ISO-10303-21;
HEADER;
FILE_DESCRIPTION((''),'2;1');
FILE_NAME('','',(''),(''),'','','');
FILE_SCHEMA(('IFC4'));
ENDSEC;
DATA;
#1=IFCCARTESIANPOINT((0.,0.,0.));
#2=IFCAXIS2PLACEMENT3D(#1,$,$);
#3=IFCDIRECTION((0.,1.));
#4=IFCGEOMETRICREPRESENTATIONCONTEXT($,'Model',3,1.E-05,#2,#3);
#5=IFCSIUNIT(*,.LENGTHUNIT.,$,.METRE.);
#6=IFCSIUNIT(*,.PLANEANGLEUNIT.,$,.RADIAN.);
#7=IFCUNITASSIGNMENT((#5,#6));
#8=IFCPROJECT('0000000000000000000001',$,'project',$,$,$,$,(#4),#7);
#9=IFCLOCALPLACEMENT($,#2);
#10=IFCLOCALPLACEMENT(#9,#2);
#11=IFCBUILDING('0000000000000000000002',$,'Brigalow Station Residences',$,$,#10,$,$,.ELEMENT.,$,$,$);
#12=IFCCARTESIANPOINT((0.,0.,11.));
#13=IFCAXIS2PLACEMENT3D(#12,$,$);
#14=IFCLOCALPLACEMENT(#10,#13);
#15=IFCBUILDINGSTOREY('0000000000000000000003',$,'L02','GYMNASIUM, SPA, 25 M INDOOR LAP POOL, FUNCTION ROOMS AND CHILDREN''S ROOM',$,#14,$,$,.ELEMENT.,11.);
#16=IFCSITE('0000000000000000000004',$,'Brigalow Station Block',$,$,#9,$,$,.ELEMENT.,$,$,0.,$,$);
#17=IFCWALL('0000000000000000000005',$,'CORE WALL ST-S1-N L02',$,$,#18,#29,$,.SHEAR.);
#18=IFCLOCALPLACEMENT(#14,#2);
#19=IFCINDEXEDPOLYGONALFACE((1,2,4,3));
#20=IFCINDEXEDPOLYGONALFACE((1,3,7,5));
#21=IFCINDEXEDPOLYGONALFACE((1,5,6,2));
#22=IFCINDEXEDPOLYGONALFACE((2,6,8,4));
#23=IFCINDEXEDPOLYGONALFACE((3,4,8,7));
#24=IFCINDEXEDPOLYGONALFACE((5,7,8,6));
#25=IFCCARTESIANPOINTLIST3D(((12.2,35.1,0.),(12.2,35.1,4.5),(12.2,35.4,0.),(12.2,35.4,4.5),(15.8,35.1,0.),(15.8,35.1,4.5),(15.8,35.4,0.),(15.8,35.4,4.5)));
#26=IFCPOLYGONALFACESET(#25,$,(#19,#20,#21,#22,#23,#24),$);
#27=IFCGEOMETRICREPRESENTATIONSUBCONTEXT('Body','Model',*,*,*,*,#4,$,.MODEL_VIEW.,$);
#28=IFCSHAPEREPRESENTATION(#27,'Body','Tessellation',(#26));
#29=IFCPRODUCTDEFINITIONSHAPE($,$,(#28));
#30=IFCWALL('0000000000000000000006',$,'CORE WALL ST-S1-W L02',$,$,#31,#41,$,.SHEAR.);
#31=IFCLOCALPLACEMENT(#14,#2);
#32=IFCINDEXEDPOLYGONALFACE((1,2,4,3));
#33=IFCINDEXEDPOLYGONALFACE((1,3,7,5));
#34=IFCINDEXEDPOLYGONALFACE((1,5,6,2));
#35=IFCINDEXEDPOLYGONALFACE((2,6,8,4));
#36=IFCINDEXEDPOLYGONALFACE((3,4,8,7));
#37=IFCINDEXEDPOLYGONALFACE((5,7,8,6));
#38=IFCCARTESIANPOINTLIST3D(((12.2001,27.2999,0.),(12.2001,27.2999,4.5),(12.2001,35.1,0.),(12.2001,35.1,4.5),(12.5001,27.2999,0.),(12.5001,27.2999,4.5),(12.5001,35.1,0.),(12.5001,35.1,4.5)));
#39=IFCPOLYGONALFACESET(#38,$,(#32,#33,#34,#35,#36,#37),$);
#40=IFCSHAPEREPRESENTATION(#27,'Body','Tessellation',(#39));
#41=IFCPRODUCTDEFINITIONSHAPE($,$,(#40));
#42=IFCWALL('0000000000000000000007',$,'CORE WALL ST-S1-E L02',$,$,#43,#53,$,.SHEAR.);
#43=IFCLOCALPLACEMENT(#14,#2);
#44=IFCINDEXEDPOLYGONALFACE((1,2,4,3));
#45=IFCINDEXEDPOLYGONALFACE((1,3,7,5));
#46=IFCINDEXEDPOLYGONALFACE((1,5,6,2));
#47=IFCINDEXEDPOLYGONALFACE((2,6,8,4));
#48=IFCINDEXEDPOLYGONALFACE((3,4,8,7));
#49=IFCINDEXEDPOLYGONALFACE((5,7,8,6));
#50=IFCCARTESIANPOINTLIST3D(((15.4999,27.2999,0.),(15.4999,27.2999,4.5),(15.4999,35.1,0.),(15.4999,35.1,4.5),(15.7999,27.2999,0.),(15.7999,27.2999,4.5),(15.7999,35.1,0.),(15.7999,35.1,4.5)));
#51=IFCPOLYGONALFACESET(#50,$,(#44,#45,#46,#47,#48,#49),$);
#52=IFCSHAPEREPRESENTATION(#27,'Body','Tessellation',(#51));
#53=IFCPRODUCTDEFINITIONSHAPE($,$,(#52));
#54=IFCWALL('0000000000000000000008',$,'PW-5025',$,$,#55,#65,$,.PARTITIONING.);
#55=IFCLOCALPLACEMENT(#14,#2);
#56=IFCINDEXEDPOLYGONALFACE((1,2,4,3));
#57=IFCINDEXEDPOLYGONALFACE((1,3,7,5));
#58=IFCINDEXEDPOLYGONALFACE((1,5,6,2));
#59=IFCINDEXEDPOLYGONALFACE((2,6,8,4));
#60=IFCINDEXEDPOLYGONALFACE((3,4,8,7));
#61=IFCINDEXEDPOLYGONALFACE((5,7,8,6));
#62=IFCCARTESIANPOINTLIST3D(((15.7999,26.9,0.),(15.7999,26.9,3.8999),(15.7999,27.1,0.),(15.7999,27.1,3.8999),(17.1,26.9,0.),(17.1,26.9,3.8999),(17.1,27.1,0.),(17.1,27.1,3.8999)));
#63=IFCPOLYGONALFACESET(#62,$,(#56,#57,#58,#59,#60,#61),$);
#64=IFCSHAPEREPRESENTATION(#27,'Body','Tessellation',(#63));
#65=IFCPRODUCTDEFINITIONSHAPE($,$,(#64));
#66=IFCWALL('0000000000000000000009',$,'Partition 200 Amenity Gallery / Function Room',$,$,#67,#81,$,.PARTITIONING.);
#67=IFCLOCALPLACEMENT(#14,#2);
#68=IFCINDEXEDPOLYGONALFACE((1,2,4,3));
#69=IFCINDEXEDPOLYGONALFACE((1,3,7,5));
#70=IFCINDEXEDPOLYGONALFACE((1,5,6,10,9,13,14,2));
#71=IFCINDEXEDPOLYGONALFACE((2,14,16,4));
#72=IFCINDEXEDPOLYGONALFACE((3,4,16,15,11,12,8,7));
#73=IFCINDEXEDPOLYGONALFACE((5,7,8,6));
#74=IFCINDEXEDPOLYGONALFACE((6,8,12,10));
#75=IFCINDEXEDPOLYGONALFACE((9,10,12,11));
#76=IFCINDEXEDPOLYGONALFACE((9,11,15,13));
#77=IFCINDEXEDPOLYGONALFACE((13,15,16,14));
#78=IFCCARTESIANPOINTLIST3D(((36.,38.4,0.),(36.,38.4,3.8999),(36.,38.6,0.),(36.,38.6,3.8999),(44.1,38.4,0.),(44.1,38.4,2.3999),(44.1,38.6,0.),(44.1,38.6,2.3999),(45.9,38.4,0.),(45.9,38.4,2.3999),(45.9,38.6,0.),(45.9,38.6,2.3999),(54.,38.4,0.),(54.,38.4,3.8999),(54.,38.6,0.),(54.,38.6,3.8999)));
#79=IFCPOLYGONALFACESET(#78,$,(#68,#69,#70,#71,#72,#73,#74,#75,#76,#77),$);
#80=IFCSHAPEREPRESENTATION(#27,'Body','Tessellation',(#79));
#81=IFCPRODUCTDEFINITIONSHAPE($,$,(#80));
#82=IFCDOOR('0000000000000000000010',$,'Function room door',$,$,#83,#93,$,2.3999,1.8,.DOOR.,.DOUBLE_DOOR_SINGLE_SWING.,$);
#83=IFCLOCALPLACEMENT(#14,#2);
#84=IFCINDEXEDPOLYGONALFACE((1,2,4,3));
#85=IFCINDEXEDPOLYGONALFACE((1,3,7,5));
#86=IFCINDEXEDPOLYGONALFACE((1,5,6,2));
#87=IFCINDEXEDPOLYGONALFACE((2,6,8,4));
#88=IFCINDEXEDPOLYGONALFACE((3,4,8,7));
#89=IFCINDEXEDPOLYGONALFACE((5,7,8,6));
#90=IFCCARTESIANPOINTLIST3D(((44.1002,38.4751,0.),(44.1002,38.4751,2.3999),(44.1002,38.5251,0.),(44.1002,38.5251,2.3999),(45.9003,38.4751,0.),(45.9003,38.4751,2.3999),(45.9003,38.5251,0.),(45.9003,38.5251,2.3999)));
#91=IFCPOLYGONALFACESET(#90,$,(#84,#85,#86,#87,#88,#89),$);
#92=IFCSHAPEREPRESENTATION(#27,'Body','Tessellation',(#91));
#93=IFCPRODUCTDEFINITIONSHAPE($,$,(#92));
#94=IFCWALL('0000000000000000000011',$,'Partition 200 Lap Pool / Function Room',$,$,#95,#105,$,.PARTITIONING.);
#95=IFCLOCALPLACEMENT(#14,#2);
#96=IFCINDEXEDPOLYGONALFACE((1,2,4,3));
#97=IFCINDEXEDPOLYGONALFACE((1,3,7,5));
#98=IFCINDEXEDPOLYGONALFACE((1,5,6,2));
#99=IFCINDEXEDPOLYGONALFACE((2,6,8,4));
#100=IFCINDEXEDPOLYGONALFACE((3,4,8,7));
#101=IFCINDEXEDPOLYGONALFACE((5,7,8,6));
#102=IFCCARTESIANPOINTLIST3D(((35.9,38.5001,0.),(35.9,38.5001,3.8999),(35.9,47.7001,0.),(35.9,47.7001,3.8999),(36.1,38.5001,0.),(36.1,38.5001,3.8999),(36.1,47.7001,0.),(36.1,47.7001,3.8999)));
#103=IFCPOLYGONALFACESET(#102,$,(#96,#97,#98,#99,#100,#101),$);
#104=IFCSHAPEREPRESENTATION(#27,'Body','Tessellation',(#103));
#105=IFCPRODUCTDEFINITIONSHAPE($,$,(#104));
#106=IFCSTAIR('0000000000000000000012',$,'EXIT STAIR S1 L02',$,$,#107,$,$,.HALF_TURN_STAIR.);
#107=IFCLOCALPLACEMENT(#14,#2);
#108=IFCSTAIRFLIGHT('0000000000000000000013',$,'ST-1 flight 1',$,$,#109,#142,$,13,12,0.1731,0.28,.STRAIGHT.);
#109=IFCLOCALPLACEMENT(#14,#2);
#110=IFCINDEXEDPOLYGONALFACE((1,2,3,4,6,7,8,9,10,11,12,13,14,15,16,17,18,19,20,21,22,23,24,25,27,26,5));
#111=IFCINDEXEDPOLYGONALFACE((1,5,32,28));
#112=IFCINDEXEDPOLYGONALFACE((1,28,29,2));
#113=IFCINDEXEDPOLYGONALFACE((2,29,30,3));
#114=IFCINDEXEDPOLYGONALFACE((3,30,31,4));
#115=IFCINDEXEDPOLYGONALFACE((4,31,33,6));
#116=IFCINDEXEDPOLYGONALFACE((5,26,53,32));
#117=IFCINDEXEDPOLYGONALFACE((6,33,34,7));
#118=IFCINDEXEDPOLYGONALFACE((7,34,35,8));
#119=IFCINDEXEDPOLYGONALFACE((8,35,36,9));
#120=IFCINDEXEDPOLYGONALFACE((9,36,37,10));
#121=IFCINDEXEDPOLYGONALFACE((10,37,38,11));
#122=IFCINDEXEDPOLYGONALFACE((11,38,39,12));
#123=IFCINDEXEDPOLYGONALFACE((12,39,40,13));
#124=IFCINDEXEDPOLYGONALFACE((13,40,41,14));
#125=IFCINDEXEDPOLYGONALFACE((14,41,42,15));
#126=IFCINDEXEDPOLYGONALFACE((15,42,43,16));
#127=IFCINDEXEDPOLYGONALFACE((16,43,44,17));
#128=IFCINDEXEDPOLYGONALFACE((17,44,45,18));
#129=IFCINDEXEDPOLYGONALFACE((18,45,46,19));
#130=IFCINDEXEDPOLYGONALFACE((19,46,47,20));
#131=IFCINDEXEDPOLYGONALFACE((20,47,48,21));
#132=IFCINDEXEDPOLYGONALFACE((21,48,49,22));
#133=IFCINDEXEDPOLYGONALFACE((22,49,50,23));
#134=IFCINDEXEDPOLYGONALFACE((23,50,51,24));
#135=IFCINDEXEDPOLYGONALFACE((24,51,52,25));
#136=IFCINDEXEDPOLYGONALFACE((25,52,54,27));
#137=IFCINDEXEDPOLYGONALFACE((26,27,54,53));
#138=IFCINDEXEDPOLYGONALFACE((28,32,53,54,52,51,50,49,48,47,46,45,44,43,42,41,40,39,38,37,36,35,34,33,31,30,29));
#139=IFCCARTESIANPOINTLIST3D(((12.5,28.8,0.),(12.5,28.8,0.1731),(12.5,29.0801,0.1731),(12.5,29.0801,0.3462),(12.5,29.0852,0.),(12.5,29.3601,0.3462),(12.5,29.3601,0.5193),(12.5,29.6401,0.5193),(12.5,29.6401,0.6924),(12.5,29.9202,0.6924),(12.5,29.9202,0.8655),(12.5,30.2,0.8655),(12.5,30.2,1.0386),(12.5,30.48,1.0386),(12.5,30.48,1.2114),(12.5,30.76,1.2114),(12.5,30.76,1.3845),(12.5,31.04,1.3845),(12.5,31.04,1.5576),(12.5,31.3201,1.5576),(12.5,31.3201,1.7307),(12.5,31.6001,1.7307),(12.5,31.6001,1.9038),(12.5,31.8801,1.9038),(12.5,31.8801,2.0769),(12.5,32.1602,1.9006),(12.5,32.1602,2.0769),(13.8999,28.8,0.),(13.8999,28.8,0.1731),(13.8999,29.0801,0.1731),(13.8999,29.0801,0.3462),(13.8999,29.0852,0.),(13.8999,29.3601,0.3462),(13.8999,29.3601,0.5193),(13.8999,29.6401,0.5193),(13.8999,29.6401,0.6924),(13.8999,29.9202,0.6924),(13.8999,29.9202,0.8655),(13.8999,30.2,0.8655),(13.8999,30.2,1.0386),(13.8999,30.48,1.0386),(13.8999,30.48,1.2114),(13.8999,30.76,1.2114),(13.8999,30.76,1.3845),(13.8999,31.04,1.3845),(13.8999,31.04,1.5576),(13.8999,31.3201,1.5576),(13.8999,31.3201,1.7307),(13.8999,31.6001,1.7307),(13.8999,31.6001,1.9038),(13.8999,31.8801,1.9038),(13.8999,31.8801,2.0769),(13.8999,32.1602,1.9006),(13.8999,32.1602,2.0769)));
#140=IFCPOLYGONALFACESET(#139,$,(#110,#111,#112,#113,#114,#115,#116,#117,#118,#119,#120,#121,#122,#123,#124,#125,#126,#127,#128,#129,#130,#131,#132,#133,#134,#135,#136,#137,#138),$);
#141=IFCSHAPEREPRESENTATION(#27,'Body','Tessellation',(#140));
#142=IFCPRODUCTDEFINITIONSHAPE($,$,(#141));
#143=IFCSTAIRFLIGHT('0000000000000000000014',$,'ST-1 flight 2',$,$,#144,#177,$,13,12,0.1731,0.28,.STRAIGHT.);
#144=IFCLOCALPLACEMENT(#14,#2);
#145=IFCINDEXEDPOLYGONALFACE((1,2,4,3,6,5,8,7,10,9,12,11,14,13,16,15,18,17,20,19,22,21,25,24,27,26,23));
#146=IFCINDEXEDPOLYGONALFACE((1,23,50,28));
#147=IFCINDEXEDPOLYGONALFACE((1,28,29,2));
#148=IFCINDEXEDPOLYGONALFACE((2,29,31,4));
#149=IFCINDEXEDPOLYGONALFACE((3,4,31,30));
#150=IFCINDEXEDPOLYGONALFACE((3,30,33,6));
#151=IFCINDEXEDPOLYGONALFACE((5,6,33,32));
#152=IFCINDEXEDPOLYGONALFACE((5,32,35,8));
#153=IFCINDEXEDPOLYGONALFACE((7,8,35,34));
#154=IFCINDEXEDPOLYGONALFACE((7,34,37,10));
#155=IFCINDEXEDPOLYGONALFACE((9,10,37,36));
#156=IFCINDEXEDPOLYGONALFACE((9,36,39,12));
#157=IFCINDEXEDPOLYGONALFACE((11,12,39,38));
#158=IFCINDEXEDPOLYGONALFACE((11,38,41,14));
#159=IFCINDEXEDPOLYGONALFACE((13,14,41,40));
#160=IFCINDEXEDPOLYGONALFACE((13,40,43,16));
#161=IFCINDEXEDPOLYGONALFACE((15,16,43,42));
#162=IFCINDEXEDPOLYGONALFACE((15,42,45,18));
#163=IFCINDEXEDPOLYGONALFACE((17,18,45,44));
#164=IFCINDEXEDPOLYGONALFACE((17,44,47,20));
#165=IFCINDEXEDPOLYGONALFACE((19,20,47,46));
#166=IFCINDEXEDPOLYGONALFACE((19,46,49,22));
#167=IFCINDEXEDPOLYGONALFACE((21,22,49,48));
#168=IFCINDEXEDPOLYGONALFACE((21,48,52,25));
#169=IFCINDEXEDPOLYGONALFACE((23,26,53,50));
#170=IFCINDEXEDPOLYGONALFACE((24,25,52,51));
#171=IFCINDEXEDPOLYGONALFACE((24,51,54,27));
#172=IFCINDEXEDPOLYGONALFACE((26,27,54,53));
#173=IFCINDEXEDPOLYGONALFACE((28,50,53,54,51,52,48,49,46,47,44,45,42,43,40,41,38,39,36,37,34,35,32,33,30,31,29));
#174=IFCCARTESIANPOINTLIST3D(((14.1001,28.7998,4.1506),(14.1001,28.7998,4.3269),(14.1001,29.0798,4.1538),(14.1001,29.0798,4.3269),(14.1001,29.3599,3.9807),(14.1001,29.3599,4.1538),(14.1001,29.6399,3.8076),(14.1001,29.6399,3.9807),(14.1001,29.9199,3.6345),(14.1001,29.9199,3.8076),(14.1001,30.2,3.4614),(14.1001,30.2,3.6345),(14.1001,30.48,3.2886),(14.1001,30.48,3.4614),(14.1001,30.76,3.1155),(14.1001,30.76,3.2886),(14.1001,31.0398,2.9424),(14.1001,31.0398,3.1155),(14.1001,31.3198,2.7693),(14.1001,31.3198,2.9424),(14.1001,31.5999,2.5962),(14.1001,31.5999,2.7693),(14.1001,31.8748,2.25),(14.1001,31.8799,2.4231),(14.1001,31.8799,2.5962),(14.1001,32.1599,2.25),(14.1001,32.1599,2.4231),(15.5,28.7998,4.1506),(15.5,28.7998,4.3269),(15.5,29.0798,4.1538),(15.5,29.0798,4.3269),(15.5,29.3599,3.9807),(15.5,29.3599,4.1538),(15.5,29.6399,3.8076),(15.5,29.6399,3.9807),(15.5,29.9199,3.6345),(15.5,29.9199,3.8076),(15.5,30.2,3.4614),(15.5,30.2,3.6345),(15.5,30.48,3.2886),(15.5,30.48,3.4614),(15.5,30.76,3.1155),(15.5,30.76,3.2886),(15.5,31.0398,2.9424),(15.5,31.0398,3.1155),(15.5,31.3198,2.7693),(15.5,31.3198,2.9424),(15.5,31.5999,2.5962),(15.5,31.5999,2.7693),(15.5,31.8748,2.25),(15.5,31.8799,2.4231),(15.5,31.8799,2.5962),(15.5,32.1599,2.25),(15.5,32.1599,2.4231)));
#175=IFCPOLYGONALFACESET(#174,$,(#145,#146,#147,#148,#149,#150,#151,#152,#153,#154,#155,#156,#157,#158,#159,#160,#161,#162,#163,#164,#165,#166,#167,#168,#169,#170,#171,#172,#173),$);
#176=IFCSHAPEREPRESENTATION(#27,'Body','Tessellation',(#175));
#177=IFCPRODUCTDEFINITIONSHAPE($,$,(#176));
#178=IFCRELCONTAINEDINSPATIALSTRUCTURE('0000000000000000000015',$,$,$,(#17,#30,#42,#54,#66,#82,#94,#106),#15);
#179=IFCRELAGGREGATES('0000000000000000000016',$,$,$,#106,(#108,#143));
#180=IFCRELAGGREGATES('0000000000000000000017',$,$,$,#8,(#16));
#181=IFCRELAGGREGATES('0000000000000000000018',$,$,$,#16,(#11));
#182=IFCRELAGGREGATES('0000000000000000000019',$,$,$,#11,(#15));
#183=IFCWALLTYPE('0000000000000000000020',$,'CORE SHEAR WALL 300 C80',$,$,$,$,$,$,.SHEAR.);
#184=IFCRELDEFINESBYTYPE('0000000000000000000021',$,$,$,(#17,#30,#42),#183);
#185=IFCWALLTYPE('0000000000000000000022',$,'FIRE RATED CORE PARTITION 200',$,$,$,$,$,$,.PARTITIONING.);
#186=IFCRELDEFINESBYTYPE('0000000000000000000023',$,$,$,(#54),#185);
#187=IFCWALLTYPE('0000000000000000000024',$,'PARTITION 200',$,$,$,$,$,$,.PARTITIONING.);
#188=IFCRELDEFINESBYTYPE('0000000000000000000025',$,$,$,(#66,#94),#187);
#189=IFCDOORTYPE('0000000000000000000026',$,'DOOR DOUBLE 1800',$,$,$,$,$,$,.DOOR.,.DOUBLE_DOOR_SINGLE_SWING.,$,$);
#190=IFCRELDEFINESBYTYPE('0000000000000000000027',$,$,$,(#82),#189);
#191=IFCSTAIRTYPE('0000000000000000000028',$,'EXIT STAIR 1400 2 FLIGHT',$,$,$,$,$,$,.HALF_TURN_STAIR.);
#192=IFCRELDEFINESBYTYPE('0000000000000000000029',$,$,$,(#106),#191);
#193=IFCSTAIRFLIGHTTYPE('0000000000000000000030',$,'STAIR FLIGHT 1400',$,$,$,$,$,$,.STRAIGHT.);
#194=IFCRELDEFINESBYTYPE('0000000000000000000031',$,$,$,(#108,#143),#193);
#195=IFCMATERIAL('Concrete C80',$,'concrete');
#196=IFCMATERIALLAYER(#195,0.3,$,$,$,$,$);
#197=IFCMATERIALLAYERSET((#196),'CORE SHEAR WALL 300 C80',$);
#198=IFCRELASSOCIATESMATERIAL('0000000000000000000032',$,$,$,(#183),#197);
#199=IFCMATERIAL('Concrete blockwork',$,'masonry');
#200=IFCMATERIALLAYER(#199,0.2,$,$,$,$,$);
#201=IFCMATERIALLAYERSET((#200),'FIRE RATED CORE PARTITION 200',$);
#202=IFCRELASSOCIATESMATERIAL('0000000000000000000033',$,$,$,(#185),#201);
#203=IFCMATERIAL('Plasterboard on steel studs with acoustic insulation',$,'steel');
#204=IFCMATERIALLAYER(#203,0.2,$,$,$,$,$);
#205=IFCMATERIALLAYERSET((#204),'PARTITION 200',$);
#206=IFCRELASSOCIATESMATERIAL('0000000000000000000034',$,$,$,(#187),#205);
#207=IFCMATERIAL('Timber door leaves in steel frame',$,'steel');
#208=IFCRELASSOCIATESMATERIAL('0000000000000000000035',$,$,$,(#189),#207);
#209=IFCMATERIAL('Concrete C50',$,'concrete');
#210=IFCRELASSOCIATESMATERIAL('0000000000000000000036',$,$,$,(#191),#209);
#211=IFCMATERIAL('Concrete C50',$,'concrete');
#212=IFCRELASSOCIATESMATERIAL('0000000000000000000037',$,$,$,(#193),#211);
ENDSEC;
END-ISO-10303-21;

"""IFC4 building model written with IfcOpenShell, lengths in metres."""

from ifc_helpers import new_model, si_unit, direction, frame, frame_2d, origin, place, context, subcontext, project, spatial, polyline, rectangle, outline, extrude, material, layer, layer_set, type_object, element, fill, aggregate, save


model = new_model("IFC4")

# Units and contexts
model_context = context("Model", 3, precision=1e-05, world=origin(), true_north=direction((0.0, 1.0)))
body_context = subcontext(model_context, "Body", "Model", "MODEL_VIEW")
ifc_project = project(units=[si_unit("LENGTHUNIT", "METRE"), si_unit("PLANEANGLEUNIT", "RADIAN")], contexts=[model_context])

# Site, building, storey
site_placement = place(None, origin())
site = spatial("IfcSite", under=ifc_project, at=site_placement, Name="Brigalow Station Block", CompositionType="ELEMENT", RefElevation=0.0)
building_placement = place(site_placement, origin())
building = spatial("IfcBuilding", under=site, at=building_placement, Name="Brigalow Station Residences", CompositionType="ELEMENT")
storey_placement = place(building_placement, frame((0.0, 0.0, 11.0)))
storey = spatial("IfcBuildingStorey", under=building, at=storey_placement, Name="L02", Description="GYMNASIUM, SPA, 25 M INDOOR LAP POOL, FUNCTION ROOMS AND CHILDREN'S ROOM", CompositionType="ELEMENT", Elevation=11.0)

# Shared definitions
ifc_material_1 = material(Name="Concrete C80", Category="concrete")
ifc_layer_1 = layer(ifc_material_1, 0.3)
ifc_layer_set_1 = layer_set([ifc_layer_1], Name="CORE SHEAR WALL 300 C80")
wall_type_1 = type_object("IfcWallType", Name="CORE SHEAR WALL 300 C80", PredefinedType="SHEAR", material=ifc_layer_set_1)

# Walls
wall_1_placement = place(storey_placement, frame((12.2, 35.25, 0.0), z_axis=(0.0, 0.0, 1.0), x_axis=(1.0, 0.0, 0.0)))
element("IfcWall", 1, at=wall_1_placement, inside=storey, type_object=wall_type_1, Name="CORE WALL ST-S1-N L02", PredefinedType="SHEAR", context=body_context, shape_type="SweptSolid", body=[
    extrude(rectangle(XDim=3.6001, YDim=0.3, at=frame_2d((1.8, 0.0))), origin(), (0.0, 0.0, 1.0), 4.5),
])
for number, where, z_axis, x_axis, name in (
    (2, (12.3501, 27.3, 0.0), (0.0, 0.0, 1.0), (0.0, 1.0, 0.0), "CORE WALL ST-S1-W L02"),
    (3, (15.6499, 27.3, 0.0), (0.0, 0.0, 1.0), (0.0, 1.0, 0.0), "CORE WALL ST-S1-E L02"),
):
    element("IfcWall", number, at=place(storey_placement, frame(where, z_axis=z_axis, x_axis=x_axis)), inside=storey, type_object=wall_type_1, Name=name, PredefinedType="SHEAR", context=body_context, shape_type="SweptSolid", body=[
        extrude(rectangle(XDim=7.8, YDim=0.3, at=frame_2d((3.8999, 0.0))), origin(), (0.0, 0.0, 1.0), 4.5),
    ])
ifc_material_2 = material(Name="Concrete blockwork", Category="masonry")
ifc_layer_2 = layer(ifc_material_2, 0.2)
ifc_layer_set_2 = layer_set([ifc_layer_2], Name="FIRE RATED CORE PARTITION 200")
wall_type_2 = type_object("IfcWallType", Name="FIRE RATED CORE PARTITION 200", PredefinedType="PARTITIONING", material=ifc_layer_set_2)
wall_2_placement = place(storey_placement, frame((15.8, 27.0, 0.0), z_axis=(0.0, 0.0, 1.0), x_axis=(1.0, 0.0, 0.0)))
element("IfcWall", 4, at=wall_2_placement, inside=storey, type_object=wall_type_2, Name="PW-5025", PredefinedType="PARTITIONING", context=body_context, shape_type="SweptSolid", body=[
    extrude(rectangle(XDim=1.3, YDim=0.2, at=frame_2d((0.6499, 0.0))), origin(), (0.0, 0.0, 1.0), 3.8999),
])

# Wall, opening, door
ifc_material_3 = material(Name="Plasterboard on steel studs with acoustic insulation", Category="steel")
ifc_layer_3 = layer(ifc_material_3, 0.2)
ifc_layer_set_3 = layer_set([ifc_layer_3], Name="PARTITION 200")
wall_type_3 = type_object("IfcWallType", Name="PARTITION 200", PredefinedType="PARTITIONING", material=ifc_layer_set_3)
wall_3_placement = place(storey_placement, frame((36.0, 38.5, 0.0), z_axis=(0.0, 0.0, 1.0), x_axis=(1.0, 0.0, 0.0)))
wall_3 = element("IfcWall", 5, at=wall_3_placement, inside=storey, type_object=wall_type_3, Name="Partition 200 Amenity Gallery / Function Room", PredefinedType="PARTITIONING", context=body_context, shape_type="SweptSolid", body=[
    extrude(rectangle(XDim=18.0, YDim=0.2, at=frame_2d((9.0, 0.0))), origin(), (0.0, 0.0, 1.0), 3.8999),
])
opening_1_placement = place(wall_3_placement, frame((8.1001, 0.0, 0.0)))
opening_1 = element("IfcOpeningElement", 6, at=opening_1_placement, cuts=wall_3, PredefinedType="OPENING", context=body_context, shape_type="SweptSolid", body=[
    extrude(rectangle(XDim=1.8, YDim=2.3999, at=frame_2d((0.8999, 1.2))), frame((0.0, 0.1099, 0.0), z_axis=(0.0, -1.0, 0.0), x_axis=(1.0, 0.0, 0.0)), (0.0, 0.0, 1.0), 0.22),
])
ifc_material_4 = material(Name="Timber door leaves in steel frame", Category="steel")
door_type_1 = type_object("IfcDoorType", Name="DOOR DOUBLE 1800", OperationType="DOUBLE_DOOR_SINGLE_SWING", PredefinedType="DOOR", material=ifc_material_4)
door_1_placement = place(opening_1_placement, frame((1.8, 0.0, 0.0), z_axis=(0.0, 0.0, 1.0), x_axis=(-1.0, 0.0, 0.0)))
door_1 = element("IfcDoor", 7, at=door_1_placement, inside=storey, type_object=door_type_1, Name="Function room door", OperationType="DOUBLE_DOOR_SINGLE_SWING", OverallHeight=2.3999, OverallWidth=1.8, PredefinedType="DOOR", context=body_context, shape_type="SweptSolid", body=[
    extrude(rectangle(XDim=1.8, YDim=2.3999, at=frame_2d((0.8999, 1.2))), frame((0.0, 0.0249, 0.0), z_axis=(0.0, -1.0, 0.0), x_axis=(1.0, 0.0, 0.0)), (0.0, 0.0, 1.0), 0.05),
])
fill(opening_1, door_1)

# Wall
wall_4_placement = place(storey_placement, frame((36.0, 38.5, 0.0), z_axis=(0.0, 0.0, 1.0), x_axis=(0.0, 1.0, 0.0)))
element("IfcWall", 8, at=wall_4_placement, inside=storey, type_object=wall_type_3, Name="Partition 200 Lap Pool / Function Room", PredefinedType="PARTITIONING", context=body_context, shape_type="SweptSolid", body=[
    extrude(rectangle(XDim=9.2, YDim=0.2, at=frame_2d((4.6001, 0.0))), origin(), (0.0, 0.0, 1.0), 3.8999),
])

# Stair, stair flights
ifc_material_5 = material(Name="Concrete C50", Category="concrete")
stair_type = type_object("IfcStairType", Name="EXIT STAIR 1400 2 FLIGHT", PredefinedType="HALF_TURN_STAIR", material=ifc_material_5)
stair_placement = place(storey_placement, origin())
stair = element("IfcStair", 9, at=stair_placement, inside=storey, type_object=stair_type, Name="EXIT STAIR S1 L02", PredefinedType="HALF_TURN_STAIR")
ifc_material_6 = material(Name="Concrete C50", Category="concrete")
stair_flight_type = type_object("IfcStairFlightType", Name="STAIR FLIGHT 1400", PredefinedType="STRAIGHT", material=ifc_material_6)
stair_flight_1_placement = place(storey_placement, frame((13.2, 28.8, 0.0), z_axis=(0.0, 0.0, 1.0), x_axis=(0.0, 1.0, 0.0)))
stair_flight_1 = element("IfcStairFlight", 10, at=stair_flight_1_placement, type_object=stair_flight_type, Name="ST-1 flight 1", NumberOfRisers=13, NumberOfTreads=12, PredefinedType="STRAIGHT", RiserHeight=0.1731, TreadLength=0.28, context=body_context, shape_type="SweptSolid", body=[
    extrude(outline(polyline([(0.0, 0.0), (0.0, 0.1731), (0.28, 0.1731), (0.28, 0.3462), (0.5601, 0.3462), (0.5601, 0.5193), (0.8401, 0.5193), (0.8401, 0.6924), (1.1201, 0.6924), (1.1201, 0.8655), (1.3999, 0.8655), (1.3999, 1.0386), (1.6799, 1.0386), (1.6799, 1.2114), (1.96, 1.2114), (1.96, 1.3845), (2.24, 1.3845), (2.24, 1.5576), (2.52, 1.5576), (2.52, 1.7307), (2.8, 1.7307), (2.8, 1.9038), (3.0801, 1.9038), (3.0801, 2.0769), (3.3601, 2.0769), (3.3601, 2.25), (3.3601, 1.9006), (0.2852, 0.0), (0.0, 0.0)])), frame((0.0, 0.7, 0.0), z_axis=(0.0, -1.0, 0.0), x_axis=(1.0, 0.0, 0.0)), (0.0, 0.0, 1.0), 1.3999),
])
stair_flight_2_placement = place(storey_placement, frame((14.8, 32.1599, 2.25), z_axis=(0.0, 0.0, 1.0), x_axis=(0.0, -1.0, 0.0)))
stair_flight_2 = element("IfcStairFlight", 11, at=stair_flight_2_placement, type_object=stair_flight_type, Name="ST-1 flight 2", NumberOfRisers=13, NumberOfTreads=12, PredefinedType="STRAIGHT", RiserHeight=0.1731, TreadLength=0.28, context=body_context, shape_type="SweptSolid", body=[
    extrude(outline(polyline([(0.0, 0.0), (0.0, 0.1731), (0.28, 0.1731), (0.28, 0.3462), (0.5601, 0.3462), (0.5601, 0.5193), (0.8401, 0.5193), (0.8401, 0.6924), (1.1201, 0.6924), (1.1201, 0.8655), (1.3999, 0.8655), (1.3999, 1.0386), (1.6799, 1.0386), (1.6799, 1.2114), (1.96, 1.2114), (1.96, 1.3845), (2.24, 1.3845), (2.24, 1.5576), (2.52, 1.5576), (2.52, 1.7307), (2.8, 1.7307), (2.8, 1.9038), (3.0801, 1.9038), (3.0801, 2.0769), (3.3601, 2.0769), (3.3601, 2.25), (3.3601, 1.9006), (0.2852, 0.0), (0.0, 0.0)])), frame((0.0, 0.7, 0.0), z_axis=(0.0, -1.0, 0.0), x_axis=(1.0, 0.0, 0.0)), (0.0, 0.0, 1.0), 1.3999),
])
aggregate(stair, [stair_flight_1, stair_flight_2])

save(model, "model.ifc")
